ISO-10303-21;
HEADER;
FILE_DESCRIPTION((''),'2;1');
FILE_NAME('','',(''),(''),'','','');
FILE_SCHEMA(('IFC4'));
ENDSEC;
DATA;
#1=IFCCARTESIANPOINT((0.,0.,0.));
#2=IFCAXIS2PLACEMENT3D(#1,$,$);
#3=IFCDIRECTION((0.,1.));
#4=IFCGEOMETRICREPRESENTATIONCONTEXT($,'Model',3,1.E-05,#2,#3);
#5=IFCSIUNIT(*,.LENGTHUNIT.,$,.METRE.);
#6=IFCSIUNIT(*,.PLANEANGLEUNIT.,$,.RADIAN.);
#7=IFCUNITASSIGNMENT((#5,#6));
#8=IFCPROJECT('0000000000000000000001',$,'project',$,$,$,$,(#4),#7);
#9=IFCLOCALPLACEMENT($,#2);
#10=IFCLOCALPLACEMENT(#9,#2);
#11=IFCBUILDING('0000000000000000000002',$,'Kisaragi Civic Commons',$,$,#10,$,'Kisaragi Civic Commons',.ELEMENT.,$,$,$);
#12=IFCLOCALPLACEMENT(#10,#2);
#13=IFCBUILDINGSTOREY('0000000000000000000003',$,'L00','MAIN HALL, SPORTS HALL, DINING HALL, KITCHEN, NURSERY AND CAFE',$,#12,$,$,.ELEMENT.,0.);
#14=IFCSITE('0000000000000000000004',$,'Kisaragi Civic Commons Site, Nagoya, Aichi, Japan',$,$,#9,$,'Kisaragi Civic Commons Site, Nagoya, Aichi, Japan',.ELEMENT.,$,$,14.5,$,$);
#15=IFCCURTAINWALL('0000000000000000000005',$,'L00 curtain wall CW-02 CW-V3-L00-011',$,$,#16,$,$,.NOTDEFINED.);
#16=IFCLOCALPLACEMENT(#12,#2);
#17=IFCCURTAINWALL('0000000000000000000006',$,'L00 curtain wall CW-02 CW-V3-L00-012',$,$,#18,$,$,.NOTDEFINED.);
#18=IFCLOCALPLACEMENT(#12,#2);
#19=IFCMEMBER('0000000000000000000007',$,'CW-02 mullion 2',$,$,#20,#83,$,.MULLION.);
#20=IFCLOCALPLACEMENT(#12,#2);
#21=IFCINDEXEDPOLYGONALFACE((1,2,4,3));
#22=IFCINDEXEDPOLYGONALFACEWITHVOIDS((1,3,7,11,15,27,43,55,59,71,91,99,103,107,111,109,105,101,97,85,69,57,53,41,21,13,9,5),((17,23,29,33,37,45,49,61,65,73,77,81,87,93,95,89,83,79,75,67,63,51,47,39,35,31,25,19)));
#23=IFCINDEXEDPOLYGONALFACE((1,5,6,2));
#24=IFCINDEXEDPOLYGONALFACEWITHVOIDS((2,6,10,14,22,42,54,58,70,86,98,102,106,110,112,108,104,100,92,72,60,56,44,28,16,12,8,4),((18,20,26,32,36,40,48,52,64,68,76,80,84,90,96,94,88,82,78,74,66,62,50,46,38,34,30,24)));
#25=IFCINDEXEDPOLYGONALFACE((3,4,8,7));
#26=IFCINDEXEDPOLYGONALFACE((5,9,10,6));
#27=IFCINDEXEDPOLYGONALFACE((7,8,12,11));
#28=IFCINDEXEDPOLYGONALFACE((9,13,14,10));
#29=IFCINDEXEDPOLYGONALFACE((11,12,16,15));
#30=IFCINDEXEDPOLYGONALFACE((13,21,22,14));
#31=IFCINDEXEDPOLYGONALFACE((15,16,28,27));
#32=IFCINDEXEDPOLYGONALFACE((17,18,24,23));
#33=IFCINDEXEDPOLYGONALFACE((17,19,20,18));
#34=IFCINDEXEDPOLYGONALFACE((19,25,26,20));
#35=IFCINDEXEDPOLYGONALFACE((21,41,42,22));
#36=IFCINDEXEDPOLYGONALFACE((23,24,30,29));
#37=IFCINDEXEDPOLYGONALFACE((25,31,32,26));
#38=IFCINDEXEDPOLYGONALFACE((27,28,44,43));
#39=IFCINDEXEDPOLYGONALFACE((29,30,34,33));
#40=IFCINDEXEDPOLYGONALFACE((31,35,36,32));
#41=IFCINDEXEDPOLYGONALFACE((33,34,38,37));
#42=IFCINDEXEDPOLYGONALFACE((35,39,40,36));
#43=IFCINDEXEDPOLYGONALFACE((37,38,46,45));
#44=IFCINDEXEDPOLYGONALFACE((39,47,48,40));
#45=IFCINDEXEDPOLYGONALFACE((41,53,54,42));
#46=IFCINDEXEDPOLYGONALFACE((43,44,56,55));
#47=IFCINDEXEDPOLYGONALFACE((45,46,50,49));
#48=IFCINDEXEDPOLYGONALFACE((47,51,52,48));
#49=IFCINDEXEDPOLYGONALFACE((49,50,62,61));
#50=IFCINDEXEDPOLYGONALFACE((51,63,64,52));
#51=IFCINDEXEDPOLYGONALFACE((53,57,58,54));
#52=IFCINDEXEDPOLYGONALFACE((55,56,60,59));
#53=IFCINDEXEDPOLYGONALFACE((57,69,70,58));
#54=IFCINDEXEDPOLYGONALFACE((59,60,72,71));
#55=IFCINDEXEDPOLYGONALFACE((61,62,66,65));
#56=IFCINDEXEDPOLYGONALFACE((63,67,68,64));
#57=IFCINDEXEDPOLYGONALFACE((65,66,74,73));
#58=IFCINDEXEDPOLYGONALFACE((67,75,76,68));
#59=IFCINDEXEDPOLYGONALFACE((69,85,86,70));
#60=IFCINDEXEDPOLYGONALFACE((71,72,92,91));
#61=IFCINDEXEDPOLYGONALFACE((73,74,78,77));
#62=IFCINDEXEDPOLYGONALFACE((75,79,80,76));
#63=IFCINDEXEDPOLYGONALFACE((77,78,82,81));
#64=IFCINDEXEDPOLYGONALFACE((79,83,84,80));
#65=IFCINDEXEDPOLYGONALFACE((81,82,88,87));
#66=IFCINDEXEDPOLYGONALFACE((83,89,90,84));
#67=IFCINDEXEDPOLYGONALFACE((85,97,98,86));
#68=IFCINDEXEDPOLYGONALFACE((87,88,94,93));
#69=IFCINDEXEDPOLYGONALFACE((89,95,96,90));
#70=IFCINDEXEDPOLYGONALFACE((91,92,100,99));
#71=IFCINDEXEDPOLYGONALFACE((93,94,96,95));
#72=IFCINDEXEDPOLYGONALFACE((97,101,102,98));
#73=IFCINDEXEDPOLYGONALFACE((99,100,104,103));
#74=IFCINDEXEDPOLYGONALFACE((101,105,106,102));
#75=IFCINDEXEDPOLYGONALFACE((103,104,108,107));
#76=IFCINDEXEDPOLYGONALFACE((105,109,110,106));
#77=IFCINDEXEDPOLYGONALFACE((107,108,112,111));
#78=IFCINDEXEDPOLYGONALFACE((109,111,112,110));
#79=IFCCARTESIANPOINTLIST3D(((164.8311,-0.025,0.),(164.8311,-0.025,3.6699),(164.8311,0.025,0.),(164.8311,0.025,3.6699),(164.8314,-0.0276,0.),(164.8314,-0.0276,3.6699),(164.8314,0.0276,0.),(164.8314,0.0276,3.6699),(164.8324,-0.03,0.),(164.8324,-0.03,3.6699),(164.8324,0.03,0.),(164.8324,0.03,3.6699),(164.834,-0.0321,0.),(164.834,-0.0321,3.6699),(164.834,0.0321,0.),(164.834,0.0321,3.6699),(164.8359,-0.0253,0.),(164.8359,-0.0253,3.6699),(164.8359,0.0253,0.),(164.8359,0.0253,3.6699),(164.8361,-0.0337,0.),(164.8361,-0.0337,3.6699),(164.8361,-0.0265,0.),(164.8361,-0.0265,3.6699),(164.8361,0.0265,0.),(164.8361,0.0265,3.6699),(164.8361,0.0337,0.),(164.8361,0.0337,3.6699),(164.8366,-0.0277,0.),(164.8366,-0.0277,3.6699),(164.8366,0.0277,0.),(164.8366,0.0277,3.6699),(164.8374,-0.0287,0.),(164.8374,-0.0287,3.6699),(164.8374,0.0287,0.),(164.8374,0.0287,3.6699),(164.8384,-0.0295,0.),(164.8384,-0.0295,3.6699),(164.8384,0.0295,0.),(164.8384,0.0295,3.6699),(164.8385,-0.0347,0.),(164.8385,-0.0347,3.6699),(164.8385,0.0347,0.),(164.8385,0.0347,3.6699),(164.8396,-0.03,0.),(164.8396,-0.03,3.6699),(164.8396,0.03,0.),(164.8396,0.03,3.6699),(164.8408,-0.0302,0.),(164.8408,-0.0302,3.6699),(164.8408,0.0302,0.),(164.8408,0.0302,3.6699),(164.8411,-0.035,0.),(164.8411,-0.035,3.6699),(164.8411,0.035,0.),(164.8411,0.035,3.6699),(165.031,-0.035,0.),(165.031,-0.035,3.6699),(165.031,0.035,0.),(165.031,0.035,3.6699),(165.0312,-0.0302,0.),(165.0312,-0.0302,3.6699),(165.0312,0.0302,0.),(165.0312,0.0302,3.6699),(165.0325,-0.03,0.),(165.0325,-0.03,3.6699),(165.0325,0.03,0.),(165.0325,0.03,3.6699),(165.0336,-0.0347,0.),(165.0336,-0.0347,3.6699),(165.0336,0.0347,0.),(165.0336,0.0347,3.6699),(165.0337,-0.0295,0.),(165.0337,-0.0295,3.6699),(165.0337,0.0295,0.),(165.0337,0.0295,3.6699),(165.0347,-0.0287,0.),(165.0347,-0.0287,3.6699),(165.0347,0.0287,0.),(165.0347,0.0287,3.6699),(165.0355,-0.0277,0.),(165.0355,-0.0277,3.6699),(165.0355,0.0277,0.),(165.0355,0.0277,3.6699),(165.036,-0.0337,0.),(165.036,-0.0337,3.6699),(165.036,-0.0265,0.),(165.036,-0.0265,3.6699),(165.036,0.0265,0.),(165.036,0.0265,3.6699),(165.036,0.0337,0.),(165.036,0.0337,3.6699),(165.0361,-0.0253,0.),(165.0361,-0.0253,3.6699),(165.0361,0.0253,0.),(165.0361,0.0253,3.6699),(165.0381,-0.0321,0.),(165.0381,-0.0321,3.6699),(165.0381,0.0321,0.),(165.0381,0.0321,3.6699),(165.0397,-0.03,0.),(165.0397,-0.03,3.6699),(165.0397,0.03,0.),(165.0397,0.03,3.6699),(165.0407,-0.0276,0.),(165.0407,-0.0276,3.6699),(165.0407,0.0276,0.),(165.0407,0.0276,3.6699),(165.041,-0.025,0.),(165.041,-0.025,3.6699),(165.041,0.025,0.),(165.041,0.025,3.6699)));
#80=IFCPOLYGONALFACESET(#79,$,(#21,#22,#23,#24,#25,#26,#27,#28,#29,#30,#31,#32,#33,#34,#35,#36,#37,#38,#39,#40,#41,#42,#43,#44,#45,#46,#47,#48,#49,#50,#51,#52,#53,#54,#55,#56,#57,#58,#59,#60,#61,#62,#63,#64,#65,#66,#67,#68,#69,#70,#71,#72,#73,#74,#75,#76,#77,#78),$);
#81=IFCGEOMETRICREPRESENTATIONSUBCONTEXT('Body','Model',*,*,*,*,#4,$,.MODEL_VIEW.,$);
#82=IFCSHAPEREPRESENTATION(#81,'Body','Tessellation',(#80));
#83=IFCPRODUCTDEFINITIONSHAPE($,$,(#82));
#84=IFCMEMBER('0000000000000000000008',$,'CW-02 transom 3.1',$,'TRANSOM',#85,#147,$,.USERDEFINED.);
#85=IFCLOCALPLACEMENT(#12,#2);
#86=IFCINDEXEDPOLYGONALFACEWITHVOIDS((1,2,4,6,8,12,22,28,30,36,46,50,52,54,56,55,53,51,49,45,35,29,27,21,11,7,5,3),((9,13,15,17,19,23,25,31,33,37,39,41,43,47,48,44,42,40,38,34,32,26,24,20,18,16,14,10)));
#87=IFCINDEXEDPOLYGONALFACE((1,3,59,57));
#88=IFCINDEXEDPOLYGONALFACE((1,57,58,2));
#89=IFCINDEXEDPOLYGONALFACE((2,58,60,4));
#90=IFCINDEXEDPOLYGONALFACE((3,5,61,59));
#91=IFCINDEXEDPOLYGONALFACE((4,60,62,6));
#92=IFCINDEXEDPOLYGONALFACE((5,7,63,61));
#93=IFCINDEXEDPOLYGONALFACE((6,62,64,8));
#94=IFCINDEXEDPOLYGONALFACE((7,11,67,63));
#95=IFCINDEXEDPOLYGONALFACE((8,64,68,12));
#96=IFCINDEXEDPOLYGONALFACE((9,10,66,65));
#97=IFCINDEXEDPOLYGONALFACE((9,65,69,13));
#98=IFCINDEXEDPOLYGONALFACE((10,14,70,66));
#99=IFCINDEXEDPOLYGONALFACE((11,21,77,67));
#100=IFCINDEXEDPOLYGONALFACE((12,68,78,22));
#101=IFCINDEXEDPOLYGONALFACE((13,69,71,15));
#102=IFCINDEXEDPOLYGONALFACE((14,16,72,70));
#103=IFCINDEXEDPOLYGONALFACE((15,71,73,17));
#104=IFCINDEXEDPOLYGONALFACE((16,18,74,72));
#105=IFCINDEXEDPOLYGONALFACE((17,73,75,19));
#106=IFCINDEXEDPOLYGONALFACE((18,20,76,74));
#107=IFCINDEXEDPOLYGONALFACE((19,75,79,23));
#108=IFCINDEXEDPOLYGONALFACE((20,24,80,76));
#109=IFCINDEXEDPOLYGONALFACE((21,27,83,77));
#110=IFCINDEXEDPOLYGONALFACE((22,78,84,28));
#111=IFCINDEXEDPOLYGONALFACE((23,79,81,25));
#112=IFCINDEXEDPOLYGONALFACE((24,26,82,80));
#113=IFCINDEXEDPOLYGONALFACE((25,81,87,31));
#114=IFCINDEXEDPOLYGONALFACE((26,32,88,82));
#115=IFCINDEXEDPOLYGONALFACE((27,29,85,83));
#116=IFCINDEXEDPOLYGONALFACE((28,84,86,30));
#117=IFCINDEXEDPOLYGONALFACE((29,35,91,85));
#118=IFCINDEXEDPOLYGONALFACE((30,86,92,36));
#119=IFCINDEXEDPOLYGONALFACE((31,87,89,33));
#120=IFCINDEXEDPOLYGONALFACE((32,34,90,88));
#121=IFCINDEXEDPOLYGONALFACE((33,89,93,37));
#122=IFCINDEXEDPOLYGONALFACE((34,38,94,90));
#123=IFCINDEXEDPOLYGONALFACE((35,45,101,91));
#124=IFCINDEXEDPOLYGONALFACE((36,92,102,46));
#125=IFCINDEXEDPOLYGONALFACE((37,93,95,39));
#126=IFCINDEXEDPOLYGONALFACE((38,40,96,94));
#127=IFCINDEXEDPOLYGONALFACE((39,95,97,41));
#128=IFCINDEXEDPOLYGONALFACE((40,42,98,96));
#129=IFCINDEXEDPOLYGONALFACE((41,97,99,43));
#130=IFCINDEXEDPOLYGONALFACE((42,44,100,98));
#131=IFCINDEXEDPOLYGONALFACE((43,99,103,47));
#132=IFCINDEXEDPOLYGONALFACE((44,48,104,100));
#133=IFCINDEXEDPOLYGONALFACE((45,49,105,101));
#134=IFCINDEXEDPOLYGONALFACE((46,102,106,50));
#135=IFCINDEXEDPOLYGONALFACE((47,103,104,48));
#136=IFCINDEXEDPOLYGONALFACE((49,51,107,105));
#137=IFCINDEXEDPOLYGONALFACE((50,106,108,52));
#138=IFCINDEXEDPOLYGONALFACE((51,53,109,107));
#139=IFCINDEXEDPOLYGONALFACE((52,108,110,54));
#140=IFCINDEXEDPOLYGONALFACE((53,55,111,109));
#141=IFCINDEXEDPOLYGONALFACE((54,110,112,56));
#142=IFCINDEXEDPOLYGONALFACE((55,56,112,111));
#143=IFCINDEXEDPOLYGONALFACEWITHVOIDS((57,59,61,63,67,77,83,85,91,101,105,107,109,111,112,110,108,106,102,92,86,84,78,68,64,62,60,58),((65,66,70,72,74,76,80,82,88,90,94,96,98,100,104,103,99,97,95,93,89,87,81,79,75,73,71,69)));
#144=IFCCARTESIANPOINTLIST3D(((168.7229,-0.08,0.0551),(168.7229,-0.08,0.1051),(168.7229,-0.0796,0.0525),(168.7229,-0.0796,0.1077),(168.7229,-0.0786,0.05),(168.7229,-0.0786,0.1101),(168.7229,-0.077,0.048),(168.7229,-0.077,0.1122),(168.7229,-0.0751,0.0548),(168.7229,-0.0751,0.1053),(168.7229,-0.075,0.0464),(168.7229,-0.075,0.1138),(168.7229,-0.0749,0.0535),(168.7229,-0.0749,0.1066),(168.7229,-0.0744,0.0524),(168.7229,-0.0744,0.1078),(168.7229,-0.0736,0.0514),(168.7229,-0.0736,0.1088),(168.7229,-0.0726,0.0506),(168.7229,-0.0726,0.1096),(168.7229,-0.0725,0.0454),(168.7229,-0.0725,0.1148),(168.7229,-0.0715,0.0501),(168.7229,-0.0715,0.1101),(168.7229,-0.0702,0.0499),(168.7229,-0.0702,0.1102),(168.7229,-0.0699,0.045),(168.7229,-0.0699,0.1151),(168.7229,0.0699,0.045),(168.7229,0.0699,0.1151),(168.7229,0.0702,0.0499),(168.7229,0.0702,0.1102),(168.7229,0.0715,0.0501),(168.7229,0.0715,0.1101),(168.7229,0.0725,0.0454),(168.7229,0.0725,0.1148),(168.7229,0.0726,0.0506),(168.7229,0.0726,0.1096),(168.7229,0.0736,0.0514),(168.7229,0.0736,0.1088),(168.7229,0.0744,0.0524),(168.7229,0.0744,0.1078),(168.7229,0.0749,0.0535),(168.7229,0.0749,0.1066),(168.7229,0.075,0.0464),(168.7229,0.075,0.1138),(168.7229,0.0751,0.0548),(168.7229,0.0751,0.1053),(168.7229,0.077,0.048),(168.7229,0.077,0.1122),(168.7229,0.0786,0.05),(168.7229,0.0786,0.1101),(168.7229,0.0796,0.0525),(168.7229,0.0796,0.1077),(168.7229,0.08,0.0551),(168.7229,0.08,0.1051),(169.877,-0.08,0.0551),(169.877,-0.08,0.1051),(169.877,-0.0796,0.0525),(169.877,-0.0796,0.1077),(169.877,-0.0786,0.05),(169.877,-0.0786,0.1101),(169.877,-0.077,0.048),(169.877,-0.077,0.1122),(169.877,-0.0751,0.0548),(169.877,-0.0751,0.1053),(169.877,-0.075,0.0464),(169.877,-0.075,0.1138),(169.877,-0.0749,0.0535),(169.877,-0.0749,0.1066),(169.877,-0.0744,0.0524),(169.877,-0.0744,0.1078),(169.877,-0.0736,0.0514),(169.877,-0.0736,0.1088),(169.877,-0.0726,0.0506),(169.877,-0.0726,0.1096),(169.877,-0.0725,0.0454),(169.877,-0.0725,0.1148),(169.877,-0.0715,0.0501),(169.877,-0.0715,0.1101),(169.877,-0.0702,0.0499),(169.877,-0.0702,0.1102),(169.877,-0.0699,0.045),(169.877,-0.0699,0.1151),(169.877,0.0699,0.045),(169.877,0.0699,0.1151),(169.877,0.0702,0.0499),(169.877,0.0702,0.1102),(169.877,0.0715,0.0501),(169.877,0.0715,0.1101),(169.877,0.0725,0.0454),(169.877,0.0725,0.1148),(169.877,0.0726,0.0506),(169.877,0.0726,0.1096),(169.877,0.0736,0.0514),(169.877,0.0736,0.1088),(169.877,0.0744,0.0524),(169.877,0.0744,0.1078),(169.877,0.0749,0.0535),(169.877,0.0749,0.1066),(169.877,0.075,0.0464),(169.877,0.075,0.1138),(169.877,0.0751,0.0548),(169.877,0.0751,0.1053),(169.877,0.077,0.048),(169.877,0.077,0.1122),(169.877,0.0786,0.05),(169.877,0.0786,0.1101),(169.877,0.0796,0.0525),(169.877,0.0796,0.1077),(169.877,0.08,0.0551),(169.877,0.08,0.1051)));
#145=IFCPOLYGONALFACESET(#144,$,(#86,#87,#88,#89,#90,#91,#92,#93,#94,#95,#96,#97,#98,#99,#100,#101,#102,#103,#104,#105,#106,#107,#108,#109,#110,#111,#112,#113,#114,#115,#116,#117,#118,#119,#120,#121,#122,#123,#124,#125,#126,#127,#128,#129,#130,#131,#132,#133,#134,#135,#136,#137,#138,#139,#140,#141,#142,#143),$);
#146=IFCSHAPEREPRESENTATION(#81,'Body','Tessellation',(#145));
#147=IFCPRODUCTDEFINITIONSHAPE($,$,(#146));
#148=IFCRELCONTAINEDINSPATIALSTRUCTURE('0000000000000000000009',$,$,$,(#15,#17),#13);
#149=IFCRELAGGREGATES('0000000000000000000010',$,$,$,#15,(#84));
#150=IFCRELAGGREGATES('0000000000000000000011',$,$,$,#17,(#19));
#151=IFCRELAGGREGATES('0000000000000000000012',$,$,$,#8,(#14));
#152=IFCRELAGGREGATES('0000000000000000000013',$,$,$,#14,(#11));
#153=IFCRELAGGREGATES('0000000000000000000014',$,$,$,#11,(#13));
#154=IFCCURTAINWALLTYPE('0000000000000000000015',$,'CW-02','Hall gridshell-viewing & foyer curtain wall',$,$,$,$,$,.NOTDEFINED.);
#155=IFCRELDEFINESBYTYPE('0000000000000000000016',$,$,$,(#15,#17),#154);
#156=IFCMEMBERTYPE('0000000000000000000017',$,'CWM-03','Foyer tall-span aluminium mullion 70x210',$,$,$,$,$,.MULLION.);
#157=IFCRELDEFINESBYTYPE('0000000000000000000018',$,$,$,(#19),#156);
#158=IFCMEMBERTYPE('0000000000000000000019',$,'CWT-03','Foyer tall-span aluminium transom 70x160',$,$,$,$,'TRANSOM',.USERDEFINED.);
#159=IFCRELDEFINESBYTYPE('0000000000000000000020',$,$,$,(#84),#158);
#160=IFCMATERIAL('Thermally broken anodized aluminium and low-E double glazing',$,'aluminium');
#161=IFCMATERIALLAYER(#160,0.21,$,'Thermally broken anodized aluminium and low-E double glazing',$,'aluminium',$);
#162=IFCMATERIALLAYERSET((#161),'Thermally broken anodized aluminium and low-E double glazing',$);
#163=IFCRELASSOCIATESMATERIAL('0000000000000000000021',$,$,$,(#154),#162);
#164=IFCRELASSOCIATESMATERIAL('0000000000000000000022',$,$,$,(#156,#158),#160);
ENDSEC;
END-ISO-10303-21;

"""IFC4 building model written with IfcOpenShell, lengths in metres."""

from ifc_helpers import new_model, si_unit, direction, frame, origin, origin_2d, place, context, subcontext, project, spatial, hollow_rectangle, extrude, material, layer, layer_set, material_profile, profile_set, type_object, element, aggregate, save


model = new_model("IFC4")

# Units and contexts
model_context = context("Model", 3, precision=1e-05, world=origin(), true_north=direction((0.0, 1.0)))
body_context = subcontext(model_context, "Body", "Model", "MODEL_VIEW")
ifc_project = project(units=[si_unit("LENGTHUNIT", "METRE"), si_unit("PLANEANGLEUNIT", "RADIAN")], contexts=[model_context])

# Site, building, storey
site_placement = place(None, origin())
site = spatial("IfcSite", under=ifc_project, at=site_placement, Name="Kisaragi Civic Commons Site, Nagoya, Aichi, Japan", LongName="Kisaragi Civic Commons Site, Nagoya, Aichi, Japan", CompositionType="ELEMENT", RefElevation=14.5)
building_placement = place(site_placement, origin())
building = spatial("IfcBuilding", under=site, at=building_placement, Name="Kisaragi Civic Commons", LongName="Kisaragi Civic Commons", CompositionType="ELEMENT")
storey_placement = place(building_placement, origin())
storey = spatial("IfcBuildingStorey", under=building, at=storey_placement, Name="L00", Description="MAIN HALL, SPORTS HALL, DINING HALL, KITCHEN, NURSERY AND CAFE", CompositionType="ELEMENT", Elevation=0.0)

# Curtain walls, member
ifc_material = material(Name="Thermally broken anodized aluminium and low-E double glazing", Category="aluminium")
ifc_layer_1 = layer(ifc_material, 0.21, Name="Thermally broken anodized aluminium and low-E double glazing", Category="aluminium")
ifc_layer_set_1 = layer_set([ifc_layer_1], Name="Thermally broken anodized aluminium and low-E double glazing")
curtain_wall_type = type_object("IfcCurtainWallType", Name="CW-02", Description="Hall gridshell-viewing & foyer curtain wall", PredefinedType="NOTDEFINED", material=ifc_layer_set_1)
curtain_wall_1_placement = place(storey_placement, origin())
curtain_wall_1 = element("IfcCurtainWall", 1, at=curtain_wall_1_placement, inside=storey, type_object=curtain_wall_type, Name="L00 curtain wall CW-02 CW-V3-L00-011", PredefinedType="NOTDEFINED")
ifc_material_profile_1 = material_profile(ifc_material, hollow_rectangle(XDim=0.0701, YDim=0.21, WallThickness=0.0049, InnerFilletRadius=0.0049, OuterFilletRadius=0.01, at=origin_2d()), Name="CWM-70x210x5", Category="aluminium")
ifc_profile_set_1 = profile_set([ifc_material_profile_1], Name="Thermally broken anodized aluminium and low-E double glazing")
member_type_1 = type_object("IfcMemberType", Name="CWM-03", Description="Foyer tall-span aluminium mullion 70x210", PredefinedType="MULLION", material=ifc_profile_set_1)
curtain_wall_2_placement = place(storey_placement, origin())
curtain_wall_2 = element("IfcCurtainWall", 2, at=curtain_wall_2_placement, inside=storey, type_object=curtain_wall_type, Name="L00 curtain wall CW-02 CW-V3-L00-012", PredefinedType="NOTDEFINED")
member_1_placement = place(storey_placement, frame((164.936, 0.0, 0.0), z_axis=(0.0, 0.0, 1.0), x_axis=(0.0, -1.0, 0.0)))
member_1 = element("IfcMember", 3, at=member_1_placement, type_object=member_type_1, Name="CW-02 mullion 2", PredefinedType="MULLION", context=body_context, shape_type="SweptSolid", body=[
    extrude(hollow_rectangle(XDim=0.0701, YDim=0.21, WallThickness=0.0049, InnerFilletRadius=0.0049, OuterFilletRadius=0.01, at=origin_2d()), origin(), (0.0, 0.0, 1.0), 3.6699),
])

# Member
ifc_material_profile_2 = material_profile(ifc_material, hollow_rectangle(XDim=0.1599, YDim=0.0701, WallThickness=0.0049, InnerFilletRadius=0.0049, OuterFilletRadius=0.01, at=origin_2d()), Name="CWT-70x160x5", Category="aluminium")
ifc_profile_set_2 = profile_set([ifc_material_profile_2], Name="Thermally broken anodized aluminium and low-E double glazing")
member_type_2 = type_object("IfcMemberType", Name="CWT-03", Description="Foyer tall-span aluminium transom 70x160", ElementType="TRANSOM", PredefinedType="USERDEFINED", material=ifc_profile_set_2)
member_2_placement = place(storey_placement, frame((169.877, 0.0, 0.0801), z_axis=(-1.0, 0.0, 0.0), x_axis=(0.0, -1.0, 0.0)))
member_2 = element("IfcMember", 4, at=member_2_placement, type_object=member_type_2, Name="CW-02 transom 3.1", ObjectType="TRANSOM", PredefinedType="USERDEFINED", context=body_context, shape_type="SweptSolid", body=[
    extrude(hollow_rectangle(XDim=0.1599, YDim=0.0701, WallThickness=0.0049, InnerFilletRadius=0.0049, OuterFilletRadius=0.01, at=origin_2d()), origin(), (0.0, 0.0, 1.0), 1.1541),
])

aggregate(curtain_wall_1, [member_2])
aggregate(curtain_wall_2, [member_1])

save(model, "model.ifc")
